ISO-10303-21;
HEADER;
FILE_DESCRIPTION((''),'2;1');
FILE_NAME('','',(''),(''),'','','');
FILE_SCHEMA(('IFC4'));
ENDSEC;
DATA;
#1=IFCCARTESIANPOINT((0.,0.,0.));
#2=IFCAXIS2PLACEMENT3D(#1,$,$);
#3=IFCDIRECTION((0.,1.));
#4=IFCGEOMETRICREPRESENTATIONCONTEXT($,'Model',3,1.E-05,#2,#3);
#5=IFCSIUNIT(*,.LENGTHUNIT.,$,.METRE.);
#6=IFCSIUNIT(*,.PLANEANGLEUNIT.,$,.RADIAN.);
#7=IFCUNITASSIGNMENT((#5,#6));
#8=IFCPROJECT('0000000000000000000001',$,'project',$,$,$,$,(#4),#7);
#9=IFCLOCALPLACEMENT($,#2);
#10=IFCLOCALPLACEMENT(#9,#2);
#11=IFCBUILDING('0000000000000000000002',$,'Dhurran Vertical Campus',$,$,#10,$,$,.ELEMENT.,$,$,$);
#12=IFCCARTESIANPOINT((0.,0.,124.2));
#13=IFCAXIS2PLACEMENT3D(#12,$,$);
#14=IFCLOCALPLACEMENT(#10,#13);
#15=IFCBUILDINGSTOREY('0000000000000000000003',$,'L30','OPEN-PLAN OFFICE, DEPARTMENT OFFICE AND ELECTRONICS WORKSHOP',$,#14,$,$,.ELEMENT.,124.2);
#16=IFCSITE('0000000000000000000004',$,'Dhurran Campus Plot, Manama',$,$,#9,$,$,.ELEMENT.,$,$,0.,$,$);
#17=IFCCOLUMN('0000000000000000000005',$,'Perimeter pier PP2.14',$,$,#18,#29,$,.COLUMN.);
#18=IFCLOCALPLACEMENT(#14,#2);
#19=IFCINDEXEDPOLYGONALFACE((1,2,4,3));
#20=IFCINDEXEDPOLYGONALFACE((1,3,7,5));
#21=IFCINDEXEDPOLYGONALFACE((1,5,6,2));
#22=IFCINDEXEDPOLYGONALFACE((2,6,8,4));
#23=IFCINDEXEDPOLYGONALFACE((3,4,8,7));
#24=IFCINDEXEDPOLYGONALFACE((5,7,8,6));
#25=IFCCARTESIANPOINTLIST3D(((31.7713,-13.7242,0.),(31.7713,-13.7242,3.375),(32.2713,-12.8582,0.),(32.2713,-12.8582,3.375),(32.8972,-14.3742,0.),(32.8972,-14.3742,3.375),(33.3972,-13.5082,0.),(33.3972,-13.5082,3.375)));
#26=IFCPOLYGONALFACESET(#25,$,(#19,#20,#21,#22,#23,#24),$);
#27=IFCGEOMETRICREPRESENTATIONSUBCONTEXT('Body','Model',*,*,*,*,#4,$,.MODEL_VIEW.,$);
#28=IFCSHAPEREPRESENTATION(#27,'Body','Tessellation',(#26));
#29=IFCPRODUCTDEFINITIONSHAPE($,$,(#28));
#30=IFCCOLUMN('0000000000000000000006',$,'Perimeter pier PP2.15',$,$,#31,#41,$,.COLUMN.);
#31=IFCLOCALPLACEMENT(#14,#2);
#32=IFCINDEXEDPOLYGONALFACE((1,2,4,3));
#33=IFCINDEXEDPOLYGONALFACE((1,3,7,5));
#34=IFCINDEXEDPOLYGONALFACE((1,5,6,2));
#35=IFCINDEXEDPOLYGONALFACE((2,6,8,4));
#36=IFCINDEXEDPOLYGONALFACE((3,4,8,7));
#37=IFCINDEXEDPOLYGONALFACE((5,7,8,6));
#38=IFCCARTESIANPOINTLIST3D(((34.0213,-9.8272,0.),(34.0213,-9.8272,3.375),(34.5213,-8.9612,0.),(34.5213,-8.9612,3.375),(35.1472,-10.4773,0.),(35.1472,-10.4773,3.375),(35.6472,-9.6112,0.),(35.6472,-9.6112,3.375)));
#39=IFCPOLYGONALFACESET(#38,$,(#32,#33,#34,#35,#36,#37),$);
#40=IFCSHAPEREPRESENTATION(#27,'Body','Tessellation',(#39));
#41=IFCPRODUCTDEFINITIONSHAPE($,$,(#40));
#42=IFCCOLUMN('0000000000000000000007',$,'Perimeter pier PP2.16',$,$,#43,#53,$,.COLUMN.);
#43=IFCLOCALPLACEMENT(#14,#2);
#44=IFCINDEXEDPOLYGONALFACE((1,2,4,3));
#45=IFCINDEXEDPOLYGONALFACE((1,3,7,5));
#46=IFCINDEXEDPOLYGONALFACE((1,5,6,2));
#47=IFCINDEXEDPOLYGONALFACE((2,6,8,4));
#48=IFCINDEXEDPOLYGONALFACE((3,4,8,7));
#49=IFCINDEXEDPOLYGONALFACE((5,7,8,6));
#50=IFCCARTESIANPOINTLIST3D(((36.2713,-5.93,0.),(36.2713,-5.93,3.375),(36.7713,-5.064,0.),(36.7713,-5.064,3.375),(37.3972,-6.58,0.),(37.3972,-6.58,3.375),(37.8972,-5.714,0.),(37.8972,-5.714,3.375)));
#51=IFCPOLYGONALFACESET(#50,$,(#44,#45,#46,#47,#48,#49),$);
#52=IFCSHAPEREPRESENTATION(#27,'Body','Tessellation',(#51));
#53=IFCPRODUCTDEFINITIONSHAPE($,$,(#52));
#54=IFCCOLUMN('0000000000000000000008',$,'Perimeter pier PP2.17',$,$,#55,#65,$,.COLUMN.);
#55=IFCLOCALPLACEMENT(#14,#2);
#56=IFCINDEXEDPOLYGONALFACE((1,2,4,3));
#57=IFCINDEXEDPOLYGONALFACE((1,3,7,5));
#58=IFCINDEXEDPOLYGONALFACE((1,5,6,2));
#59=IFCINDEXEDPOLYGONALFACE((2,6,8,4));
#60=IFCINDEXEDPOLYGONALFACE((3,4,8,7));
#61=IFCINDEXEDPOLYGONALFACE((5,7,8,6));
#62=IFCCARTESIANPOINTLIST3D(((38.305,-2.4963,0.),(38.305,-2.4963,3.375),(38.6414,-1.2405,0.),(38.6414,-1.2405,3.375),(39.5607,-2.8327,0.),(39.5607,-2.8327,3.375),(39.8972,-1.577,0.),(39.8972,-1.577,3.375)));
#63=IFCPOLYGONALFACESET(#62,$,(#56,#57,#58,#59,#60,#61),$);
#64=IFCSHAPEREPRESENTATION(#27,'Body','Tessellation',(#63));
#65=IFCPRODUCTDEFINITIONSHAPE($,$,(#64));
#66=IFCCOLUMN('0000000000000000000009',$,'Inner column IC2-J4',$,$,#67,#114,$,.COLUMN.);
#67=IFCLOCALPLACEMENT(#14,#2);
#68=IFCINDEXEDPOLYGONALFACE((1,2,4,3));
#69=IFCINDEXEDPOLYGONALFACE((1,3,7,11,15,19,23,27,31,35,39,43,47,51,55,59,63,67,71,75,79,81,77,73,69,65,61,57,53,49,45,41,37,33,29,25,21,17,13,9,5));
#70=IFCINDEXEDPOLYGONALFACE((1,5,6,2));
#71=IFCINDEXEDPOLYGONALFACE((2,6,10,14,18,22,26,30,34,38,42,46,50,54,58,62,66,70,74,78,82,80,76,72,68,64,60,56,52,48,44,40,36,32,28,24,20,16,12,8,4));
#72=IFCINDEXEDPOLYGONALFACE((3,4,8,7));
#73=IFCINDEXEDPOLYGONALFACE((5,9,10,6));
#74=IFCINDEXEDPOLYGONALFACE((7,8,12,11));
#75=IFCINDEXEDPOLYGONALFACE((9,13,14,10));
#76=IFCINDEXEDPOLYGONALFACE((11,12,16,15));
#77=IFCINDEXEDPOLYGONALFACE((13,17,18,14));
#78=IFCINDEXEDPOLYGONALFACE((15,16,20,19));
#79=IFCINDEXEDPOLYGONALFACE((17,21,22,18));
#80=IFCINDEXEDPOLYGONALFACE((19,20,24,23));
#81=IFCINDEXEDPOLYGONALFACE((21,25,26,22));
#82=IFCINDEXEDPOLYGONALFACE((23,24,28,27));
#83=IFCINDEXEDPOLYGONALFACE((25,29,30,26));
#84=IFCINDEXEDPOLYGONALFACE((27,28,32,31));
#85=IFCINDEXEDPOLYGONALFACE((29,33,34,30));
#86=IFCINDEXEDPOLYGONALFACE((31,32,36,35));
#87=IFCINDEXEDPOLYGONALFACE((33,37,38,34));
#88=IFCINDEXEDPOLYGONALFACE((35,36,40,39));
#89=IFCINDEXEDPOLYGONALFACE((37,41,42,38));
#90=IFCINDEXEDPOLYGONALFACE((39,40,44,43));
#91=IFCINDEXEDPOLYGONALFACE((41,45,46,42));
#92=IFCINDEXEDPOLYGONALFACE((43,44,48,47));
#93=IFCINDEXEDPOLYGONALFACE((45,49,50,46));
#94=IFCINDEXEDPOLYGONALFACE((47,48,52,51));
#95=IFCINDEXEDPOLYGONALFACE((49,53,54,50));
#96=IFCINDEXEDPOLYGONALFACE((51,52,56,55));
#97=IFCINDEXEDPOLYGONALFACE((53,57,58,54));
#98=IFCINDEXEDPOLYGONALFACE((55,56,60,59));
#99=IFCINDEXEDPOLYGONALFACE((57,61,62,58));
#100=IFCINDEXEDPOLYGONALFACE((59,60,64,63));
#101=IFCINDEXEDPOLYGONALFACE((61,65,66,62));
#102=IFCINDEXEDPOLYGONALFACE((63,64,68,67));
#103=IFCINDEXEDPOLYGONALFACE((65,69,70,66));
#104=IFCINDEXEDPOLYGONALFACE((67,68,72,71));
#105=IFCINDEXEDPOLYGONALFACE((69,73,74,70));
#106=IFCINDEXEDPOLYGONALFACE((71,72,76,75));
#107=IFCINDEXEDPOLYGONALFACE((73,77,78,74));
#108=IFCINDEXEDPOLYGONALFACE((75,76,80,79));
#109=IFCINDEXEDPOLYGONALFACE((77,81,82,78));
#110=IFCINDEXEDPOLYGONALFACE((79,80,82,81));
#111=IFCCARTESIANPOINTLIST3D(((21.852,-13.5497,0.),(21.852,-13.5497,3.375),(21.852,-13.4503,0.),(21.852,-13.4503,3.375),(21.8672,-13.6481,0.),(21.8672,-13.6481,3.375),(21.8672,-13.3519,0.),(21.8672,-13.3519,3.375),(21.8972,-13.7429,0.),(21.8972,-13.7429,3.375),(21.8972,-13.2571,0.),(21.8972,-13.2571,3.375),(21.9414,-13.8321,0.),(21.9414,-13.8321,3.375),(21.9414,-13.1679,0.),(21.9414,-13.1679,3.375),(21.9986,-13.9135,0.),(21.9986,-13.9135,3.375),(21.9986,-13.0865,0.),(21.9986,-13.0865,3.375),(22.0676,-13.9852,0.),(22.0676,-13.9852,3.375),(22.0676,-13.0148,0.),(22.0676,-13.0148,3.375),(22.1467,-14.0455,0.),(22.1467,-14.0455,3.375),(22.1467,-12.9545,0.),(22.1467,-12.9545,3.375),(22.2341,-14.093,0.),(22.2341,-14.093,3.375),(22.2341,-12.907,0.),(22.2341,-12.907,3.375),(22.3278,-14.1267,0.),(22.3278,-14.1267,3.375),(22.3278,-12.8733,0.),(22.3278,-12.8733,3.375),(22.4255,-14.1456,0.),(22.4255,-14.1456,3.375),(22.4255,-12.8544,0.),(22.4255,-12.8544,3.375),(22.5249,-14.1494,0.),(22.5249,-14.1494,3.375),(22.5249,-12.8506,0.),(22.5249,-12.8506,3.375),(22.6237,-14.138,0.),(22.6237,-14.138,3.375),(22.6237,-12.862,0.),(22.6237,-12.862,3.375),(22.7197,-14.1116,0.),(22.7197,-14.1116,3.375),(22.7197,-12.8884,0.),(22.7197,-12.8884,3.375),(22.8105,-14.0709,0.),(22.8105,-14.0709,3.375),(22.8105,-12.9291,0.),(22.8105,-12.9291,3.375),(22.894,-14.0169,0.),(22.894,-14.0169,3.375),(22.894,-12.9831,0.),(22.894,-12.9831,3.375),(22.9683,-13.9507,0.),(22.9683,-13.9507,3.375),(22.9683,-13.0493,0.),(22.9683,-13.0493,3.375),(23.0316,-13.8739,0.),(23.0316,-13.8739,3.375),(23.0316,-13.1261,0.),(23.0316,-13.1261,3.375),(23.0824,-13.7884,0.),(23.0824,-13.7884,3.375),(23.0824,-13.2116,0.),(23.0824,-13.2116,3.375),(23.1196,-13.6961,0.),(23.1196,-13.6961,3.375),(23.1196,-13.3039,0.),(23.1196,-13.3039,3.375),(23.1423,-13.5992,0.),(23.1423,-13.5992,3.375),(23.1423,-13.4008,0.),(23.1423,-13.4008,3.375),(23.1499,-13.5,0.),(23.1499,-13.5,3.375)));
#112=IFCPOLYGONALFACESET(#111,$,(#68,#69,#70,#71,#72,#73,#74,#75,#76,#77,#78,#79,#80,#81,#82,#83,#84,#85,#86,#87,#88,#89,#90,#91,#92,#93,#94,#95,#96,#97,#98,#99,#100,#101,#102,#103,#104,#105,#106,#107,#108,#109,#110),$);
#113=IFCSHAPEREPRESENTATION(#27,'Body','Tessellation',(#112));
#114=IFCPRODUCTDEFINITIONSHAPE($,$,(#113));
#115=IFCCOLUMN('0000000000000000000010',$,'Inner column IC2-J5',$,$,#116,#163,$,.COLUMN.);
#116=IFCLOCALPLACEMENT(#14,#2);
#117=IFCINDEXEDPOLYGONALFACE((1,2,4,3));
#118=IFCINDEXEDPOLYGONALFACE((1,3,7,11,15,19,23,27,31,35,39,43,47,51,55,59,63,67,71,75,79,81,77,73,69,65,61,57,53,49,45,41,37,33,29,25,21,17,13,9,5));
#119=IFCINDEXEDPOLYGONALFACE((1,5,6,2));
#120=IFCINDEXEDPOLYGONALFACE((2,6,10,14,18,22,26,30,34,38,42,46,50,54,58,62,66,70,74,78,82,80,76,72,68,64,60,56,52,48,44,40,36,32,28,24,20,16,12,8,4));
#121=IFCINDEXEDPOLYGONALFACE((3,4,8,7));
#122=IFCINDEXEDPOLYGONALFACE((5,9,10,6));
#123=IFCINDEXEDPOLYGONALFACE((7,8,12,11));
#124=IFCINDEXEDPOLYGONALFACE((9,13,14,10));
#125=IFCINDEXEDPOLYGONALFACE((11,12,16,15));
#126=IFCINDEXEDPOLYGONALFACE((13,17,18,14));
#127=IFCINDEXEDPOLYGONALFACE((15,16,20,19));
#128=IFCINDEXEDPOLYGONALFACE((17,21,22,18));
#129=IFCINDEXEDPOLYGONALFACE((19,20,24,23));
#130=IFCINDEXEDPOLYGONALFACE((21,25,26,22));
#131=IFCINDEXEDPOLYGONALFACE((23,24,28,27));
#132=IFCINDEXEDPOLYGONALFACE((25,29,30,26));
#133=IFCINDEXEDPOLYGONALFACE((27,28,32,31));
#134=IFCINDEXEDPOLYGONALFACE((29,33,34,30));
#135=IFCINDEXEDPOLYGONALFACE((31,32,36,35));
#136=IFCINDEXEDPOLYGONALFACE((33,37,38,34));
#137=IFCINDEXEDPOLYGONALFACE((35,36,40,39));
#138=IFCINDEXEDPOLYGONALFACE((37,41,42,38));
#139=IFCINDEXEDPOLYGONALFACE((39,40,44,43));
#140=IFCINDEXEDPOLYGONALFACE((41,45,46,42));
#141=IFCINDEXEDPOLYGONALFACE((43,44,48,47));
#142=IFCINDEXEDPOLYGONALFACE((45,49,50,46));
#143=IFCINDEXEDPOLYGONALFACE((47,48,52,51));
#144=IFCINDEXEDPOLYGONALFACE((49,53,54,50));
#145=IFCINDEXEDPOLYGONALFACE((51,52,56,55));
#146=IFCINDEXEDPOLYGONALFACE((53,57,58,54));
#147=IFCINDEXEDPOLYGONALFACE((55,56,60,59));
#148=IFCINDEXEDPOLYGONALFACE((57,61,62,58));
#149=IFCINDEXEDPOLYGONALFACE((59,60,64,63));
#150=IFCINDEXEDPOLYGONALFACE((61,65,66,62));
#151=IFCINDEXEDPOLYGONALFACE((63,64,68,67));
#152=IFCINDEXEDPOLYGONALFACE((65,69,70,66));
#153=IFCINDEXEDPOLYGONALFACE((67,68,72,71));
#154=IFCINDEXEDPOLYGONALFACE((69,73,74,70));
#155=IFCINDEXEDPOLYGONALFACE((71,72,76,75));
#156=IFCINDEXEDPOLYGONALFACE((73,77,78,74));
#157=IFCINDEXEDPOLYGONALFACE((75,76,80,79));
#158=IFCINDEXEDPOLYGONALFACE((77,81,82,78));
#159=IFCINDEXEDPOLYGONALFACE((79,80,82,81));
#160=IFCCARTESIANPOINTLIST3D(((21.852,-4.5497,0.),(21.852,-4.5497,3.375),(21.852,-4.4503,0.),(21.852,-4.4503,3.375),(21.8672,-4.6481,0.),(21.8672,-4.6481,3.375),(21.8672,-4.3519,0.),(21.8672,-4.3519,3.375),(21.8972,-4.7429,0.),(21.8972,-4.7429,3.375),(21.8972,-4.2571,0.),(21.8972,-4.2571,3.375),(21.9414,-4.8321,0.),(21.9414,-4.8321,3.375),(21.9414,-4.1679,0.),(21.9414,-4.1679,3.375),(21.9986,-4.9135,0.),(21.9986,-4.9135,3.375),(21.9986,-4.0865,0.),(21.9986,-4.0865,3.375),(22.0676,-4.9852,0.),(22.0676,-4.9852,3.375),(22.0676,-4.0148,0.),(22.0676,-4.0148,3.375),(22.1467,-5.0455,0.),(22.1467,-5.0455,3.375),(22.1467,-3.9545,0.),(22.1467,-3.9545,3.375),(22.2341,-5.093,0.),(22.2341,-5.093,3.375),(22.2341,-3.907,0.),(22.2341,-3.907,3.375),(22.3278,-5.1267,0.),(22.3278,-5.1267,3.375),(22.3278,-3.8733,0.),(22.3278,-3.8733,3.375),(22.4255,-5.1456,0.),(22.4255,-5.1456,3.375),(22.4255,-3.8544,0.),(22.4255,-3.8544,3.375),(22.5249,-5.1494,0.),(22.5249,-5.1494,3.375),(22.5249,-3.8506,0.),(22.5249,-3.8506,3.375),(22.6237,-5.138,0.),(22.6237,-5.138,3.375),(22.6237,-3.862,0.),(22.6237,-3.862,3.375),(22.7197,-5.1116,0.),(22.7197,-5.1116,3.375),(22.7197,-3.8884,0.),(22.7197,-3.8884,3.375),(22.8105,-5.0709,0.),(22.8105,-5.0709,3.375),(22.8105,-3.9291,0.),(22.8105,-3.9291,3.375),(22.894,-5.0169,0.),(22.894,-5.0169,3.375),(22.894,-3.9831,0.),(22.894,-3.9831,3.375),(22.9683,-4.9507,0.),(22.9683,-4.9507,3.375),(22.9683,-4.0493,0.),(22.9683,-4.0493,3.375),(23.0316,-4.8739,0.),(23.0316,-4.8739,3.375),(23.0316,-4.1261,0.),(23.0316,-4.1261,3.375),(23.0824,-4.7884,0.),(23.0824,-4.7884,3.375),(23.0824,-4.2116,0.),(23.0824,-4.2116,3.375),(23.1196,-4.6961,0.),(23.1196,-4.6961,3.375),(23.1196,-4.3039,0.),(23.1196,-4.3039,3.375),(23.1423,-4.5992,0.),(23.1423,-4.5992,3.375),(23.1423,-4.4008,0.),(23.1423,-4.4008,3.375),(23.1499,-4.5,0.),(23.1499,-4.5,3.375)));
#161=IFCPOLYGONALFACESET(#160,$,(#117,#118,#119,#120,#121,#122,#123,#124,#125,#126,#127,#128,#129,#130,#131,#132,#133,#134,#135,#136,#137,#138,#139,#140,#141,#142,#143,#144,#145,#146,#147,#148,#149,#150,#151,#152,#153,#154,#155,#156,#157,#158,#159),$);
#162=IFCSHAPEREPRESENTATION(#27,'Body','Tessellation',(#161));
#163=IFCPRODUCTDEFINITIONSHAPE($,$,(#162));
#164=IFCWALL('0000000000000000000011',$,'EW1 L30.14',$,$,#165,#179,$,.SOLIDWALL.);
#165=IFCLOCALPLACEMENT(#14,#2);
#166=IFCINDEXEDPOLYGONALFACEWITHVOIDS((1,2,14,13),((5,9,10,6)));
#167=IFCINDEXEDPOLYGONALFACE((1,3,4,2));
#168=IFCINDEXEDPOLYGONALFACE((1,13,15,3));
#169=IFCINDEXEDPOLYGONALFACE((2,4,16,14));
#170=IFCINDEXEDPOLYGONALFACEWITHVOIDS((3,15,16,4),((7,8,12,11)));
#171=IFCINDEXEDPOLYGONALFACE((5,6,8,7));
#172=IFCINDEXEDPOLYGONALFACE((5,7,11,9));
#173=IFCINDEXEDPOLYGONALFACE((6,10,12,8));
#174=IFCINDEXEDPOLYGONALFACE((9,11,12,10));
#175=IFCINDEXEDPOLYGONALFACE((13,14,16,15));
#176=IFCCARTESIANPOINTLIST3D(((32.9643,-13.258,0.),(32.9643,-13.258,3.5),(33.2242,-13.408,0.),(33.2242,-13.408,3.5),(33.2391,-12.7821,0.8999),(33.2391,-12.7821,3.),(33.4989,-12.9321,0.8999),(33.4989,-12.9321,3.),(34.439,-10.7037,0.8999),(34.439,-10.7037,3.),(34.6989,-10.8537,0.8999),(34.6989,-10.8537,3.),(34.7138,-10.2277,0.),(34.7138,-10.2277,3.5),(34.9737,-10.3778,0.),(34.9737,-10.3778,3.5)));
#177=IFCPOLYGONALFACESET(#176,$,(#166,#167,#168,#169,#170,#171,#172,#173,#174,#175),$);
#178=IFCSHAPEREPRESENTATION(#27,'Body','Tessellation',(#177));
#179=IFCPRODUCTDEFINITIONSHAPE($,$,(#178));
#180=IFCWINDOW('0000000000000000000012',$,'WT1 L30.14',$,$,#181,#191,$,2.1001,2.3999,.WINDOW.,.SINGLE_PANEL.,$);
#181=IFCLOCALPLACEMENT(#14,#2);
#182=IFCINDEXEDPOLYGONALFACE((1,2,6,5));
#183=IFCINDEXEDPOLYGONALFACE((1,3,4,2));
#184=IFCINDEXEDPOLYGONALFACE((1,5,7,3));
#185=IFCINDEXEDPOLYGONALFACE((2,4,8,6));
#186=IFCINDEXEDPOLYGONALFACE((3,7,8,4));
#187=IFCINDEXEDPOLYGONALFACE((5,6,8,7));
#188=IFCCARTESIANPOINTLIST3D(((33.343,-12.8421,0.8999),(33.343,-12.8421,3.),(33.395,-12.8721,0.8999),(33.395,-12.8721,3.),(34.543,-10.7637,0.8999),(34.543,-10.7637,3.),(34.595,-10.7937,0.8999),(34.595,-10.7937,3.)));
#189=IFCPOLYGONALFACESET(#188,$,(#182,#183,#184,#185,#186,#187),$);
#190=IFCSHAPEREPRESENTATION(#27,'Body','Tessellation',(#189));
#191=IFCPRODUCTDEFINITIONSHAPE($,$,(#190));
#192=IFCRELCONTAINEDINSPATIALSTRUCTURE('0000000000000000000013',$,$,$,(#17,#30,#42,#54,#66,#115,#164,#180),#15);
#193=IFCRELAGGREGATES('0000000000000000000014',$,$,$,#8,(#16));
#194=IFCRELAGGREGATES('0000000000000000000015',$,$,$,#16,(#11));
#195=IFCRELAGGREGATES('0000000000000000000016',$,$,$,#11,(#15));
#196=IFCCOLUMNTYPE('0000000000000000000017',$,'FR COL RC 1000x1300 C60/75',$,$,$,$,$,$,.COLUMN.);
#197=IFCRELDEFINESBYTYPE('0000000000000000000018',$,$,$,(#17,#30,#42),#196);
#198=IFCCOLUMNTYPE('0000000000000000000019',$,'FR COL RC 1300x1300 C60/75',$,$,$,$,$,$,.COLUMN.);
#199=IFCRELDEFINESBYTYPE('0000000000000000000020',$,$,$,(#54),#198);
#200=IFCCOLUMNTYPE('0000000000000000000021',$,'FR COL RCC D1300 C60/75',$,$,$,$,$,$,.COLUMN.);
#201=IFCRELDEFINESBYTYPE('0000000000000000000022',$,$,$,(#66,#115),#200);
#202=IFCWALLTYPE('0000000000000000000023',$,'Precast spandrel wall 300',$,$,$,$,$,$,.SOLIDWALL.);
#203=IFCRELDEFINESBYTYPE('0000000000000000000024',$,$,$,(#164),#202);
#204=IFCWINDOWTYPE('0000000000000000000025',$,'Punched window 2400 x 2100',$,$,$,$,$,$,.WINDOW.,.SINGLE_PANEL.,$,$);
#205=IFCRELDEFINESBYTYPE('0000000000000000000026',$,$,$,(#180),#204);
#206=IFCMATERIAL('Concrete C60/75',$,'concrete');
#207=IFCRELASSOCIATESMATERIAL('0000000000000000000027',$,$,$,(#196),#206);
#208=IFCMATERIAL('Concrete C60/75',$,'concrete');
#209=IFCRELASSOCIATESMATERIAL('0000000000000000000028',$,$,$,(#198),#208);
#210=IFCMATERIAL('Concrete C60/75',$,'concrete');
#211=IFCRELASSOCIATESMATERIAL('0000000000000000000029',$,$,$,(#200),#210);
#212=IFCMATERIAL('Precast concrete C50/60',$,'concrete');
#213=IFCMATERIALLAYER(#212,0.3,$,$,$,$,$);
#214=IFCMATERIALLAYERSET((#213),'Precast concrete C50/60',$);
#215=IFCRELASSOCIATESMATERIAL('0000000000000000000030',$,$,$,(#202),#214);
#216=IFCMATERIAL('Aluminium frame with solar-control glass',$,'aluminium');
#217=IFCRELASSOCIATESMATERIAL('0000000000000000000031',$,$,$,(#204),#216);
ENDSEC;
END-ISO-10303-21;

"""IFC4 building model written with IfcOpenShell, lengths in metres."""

from ifc_helpers import new_model, si_unit, direction, frame, frame_2d, origin, origin_2d, place, context, subcontext, project, spatial, rectangle, circle, extrude, material, layer, layer_set, material_profile, profile_set, type_object, element, fill, save


model = new_model("IFC4")

# Units and contexts
model_context = context("Model", 3, precision=1e-05, world=origin(), true_north=direction((0.0, 1.0)))
body_context = subcontext(model_context, "Body", "Model", "MODEL_VIEW")
ifc_project = project(units=[si_unit("LENGTHUNIT", "METRE"), si_unit("PLANEANGLEUNIT", "RADIAN")], contexts=[model_context])

# Site, building, storey
site_placement = place(None, origin())
site = spatial("IfcSite", under=ifc_project, at=site_placement, Name="Dhurran Campus Plot, Manama", CompositionType="ELEMENT", RefElevation=0.0)
building_placement = place(site_placement, origin())
building = spatial("IfcBuilding", under=site, at=building_placement, Name="Dhurran Vertical Campus", CompositionType="ELEMENT")
storey_placement = place(building_placement, frame((0.0, 0.0, 124.2)))
storey = spatial("IfcBuildingStorey", under=building, at=storey_placement, Name="L30", Description="OPEN-PLAN OFFICE, DEPARTMENT OFFICE AND ELECTRONICS WORKSHOP", CompositionType="ELEMENT", Elevation=124.2)

# Columns
ifc_material_1 = material(Name="Concrete C60/75", Category="concrete")
ifc_material_profile_1 = material_profile(ifc_material_1, rectangle(XDim=1.0, YDim=1.3, at=origin_2d()), Name="RC 1000x1300")
ifc_profile_set_1 = profile_set([ifc_material_profile_1], Name="Concrete C60/75")
column_type_1 = type_object("IfcColumnType", Name="FR COL RC 1000x1300 C60/75", PredefinedType="COLUMN", material=ifc_profile_set_1)
for number, where, z_axis, x_axis, name in (
    (1, (32.5842, -13.6162, 0.0), (0.0, 0.0, 1.0), (0.5, 0.866025, 0.0), "Perimeter pier PP2.14"),
    (2, (34.8342, -9.7192, 0.0), (0.0, 0.0, 1.0), (0.5, 0.866025, 0.0), "Perimeter pier PP2.15"),
    (3, (37.0842, -5.822, 0.0), (0.0, 0.0, 1.0), (0.5, 0.866025, 0.0), "Perimeter pier PP2.16"),
):
    element("IfcColumn", number, at=place(storey_placement, frame(where, z_axis=z_axis, x_axis=x_axis)), inside=storey, type_object=column_type_1, Name=name, PredefinedType="COLUMN", context=body_context, shape_type="SweptSolid", body=[
        extrude(rectangle(XDim=1.0, YDim=1.3, at=origin_2d()), origin(), (0.0, 0.0, 1.0), 3.375),
    ])
ifc_material_2 = material(Name="Concrete C60/75", Category="concrete")
ifc_material_profile_2 = material_profile(ifc_material_2, rectangle(XDim=1.3, YDim=1.3, at=origin_2d()), Name="RC 1300x1300")
ifc_profile_set_2 = profile_set([ifc_material_profile_2], Name="Concrete C60/75")
column_type_2 = type_object("IfcColumnType", Name="FR COL RC 1300x1300 C60/75", PredefinedType="COLUMN", material=ifc_profile_set_2)
column_placement = place(storey_placement, frame((39.1011, -2.0366, 0.0), z_axis=(0.0, 0.0, 1.0), x_axis=(0.258819, 0.965926, 0.0)))
element("IfcColumn", 4, at=column_placement, inside=storey, type_object=column_type_2, Name="Perimeter pier PP2.17", PredefinedType="COLUMN", context=body_context, shape_type="SweptSolid", body=[
    extrude(rectangle(XDim=1.3, YDim=1.3, at=origin_2d()), origin(), (0.0, 0.0, 1.0), 3.375),
])
ifc_material_3 = material(Name="Concrete C60/75", Category="concrete")
ifc_material_profile_3 = material_profile(ifc_material_3, circle(Radius=0.6499, at=origin_2d()), Name="RCC D1300")
ifc_profile_set_3 = profile_set([ifc_material_profile_3], Name="Concrete C60/75")
column_type_3 = type_object("IfcColumnType", Name="FR COL RCC D1300 C60/75", PredefinedType="COLUMN", material=ifc_profile_set_3)
for number, where, z_axis, x_axis, name in (
    (5, (22.5, -13.5, 0.0), (0.0, 0.0, 1.0), (1.0, 0.0, 0.0), "Inner column IC2-J4"),
    (6, (22.5, -4.5, 0.0), (0.0, 0.0, 1.0), (1.0, 0.0, 0.0), "Inner column IC2-J5"),
):
    element("IfcColumn", number, at=place(storey_placement, frame(where, z_axis=z_axis, x_axis=x_axis)), inside=storey, type_object=column_type_3, Name=name, PredefinedType="COLUMN", context=body_context, shape_type="SweptSolid", body=[
        extrude(circle(Radius=0.6499, at=origin_2d()), origin(), (0.0, 0.0, 1.0), 3.375),
    ])

# Wall, opening, window
ifc_material_4 = material(Name="Precast concrete C50/60", Category="concrete")
ifc_layer_1 = layer(ifc_material_4, 0.3)
ifc_layer_set_1 = layer_set([ifc_layer_1], Name="Precast concrete C50/60")
wall_type_1 = type_object("IfcWallType", Name="Precast spandrel wall 300", PredefinedType="SOLIDWALL", material=ifc_layer_set_1)
wall_1_placement = place(storey_placement, frame((33.0942, -13.333, 0.0), z_axis=(0.0, 0.0, 1.0), x_axis=(0.499996, 0.866028, 0.0)))
wall_1 = element("IfcWall", 7, at=wall_1_placement, inside=storey, type_object=wall_type_1, Name="EW1 L30.14", PredefinedType="SOLIDWALL", context=body_context, shape_type="SweptSolid", body=[
    extrude(rectangle(XDim=3.499, YDim=0.3, at=frame_2d((1.7495, 0.0))), origin(), (0.0, 0.0, 1.0), 3.5),
])
opening_1_placement = place(wall_1_placement, frame((0.5496, 0.0, 0.8999)))
opening_1 = element("IfcOpeningElement", 8, at=opening_1_placement, cuts=wall_1, PredefinedType="OPENING", context=body_context, shape_type="SweptSolid", body=[
    extrude(rectangle(XDim=2.3999, YDim=2.1001, at=frame_2d((1.2, 1.05))), frame((0.0, 0.1599, 0.0), z_axis=(0.0, -1.0, 0.0), x_axis=(1.0, 0.0, 0.0)), (0.0, 0.0, 1.0), 0.3201),
])
ifc_material_5 = material(Name="Aluminium frame with solar-control glass", Category="aluminium")
window_type = type_object("IfcWindowType", Name="Punched window 2400 x 2100", PartitioningType="SINGLE_PANEL", PredefinedType="WINDOW", material=ifc_material_5)
window_1_placement = place(opening_1_placement, origin())
window_1 = element("IfcWindow", 9, at=window_1_placement, inside=storey, type_object=window_type, Name="WT1 L30.14", OverallHeight=2.1001, OverallWidth=2.3999, PartitioningType="SINGLE_PANEL", PredefinedType="WINDOW", context=body_context, shape_type="SweptSolid", body=[
    extrude(rectangle(XDim=2.3999, YDim=2.1001, at=frame_2d((1.2, 1.05))), frame((0.0, 0.03, 0.0), z_axis=(0.0, -1.0, 0.0), x_axis=(1.0, 0.0, 0.0)), (0.0, 0.0, 1.0), 0.0601),
])
fill(opening_1, window_1)

save(model, "model.ifc")
